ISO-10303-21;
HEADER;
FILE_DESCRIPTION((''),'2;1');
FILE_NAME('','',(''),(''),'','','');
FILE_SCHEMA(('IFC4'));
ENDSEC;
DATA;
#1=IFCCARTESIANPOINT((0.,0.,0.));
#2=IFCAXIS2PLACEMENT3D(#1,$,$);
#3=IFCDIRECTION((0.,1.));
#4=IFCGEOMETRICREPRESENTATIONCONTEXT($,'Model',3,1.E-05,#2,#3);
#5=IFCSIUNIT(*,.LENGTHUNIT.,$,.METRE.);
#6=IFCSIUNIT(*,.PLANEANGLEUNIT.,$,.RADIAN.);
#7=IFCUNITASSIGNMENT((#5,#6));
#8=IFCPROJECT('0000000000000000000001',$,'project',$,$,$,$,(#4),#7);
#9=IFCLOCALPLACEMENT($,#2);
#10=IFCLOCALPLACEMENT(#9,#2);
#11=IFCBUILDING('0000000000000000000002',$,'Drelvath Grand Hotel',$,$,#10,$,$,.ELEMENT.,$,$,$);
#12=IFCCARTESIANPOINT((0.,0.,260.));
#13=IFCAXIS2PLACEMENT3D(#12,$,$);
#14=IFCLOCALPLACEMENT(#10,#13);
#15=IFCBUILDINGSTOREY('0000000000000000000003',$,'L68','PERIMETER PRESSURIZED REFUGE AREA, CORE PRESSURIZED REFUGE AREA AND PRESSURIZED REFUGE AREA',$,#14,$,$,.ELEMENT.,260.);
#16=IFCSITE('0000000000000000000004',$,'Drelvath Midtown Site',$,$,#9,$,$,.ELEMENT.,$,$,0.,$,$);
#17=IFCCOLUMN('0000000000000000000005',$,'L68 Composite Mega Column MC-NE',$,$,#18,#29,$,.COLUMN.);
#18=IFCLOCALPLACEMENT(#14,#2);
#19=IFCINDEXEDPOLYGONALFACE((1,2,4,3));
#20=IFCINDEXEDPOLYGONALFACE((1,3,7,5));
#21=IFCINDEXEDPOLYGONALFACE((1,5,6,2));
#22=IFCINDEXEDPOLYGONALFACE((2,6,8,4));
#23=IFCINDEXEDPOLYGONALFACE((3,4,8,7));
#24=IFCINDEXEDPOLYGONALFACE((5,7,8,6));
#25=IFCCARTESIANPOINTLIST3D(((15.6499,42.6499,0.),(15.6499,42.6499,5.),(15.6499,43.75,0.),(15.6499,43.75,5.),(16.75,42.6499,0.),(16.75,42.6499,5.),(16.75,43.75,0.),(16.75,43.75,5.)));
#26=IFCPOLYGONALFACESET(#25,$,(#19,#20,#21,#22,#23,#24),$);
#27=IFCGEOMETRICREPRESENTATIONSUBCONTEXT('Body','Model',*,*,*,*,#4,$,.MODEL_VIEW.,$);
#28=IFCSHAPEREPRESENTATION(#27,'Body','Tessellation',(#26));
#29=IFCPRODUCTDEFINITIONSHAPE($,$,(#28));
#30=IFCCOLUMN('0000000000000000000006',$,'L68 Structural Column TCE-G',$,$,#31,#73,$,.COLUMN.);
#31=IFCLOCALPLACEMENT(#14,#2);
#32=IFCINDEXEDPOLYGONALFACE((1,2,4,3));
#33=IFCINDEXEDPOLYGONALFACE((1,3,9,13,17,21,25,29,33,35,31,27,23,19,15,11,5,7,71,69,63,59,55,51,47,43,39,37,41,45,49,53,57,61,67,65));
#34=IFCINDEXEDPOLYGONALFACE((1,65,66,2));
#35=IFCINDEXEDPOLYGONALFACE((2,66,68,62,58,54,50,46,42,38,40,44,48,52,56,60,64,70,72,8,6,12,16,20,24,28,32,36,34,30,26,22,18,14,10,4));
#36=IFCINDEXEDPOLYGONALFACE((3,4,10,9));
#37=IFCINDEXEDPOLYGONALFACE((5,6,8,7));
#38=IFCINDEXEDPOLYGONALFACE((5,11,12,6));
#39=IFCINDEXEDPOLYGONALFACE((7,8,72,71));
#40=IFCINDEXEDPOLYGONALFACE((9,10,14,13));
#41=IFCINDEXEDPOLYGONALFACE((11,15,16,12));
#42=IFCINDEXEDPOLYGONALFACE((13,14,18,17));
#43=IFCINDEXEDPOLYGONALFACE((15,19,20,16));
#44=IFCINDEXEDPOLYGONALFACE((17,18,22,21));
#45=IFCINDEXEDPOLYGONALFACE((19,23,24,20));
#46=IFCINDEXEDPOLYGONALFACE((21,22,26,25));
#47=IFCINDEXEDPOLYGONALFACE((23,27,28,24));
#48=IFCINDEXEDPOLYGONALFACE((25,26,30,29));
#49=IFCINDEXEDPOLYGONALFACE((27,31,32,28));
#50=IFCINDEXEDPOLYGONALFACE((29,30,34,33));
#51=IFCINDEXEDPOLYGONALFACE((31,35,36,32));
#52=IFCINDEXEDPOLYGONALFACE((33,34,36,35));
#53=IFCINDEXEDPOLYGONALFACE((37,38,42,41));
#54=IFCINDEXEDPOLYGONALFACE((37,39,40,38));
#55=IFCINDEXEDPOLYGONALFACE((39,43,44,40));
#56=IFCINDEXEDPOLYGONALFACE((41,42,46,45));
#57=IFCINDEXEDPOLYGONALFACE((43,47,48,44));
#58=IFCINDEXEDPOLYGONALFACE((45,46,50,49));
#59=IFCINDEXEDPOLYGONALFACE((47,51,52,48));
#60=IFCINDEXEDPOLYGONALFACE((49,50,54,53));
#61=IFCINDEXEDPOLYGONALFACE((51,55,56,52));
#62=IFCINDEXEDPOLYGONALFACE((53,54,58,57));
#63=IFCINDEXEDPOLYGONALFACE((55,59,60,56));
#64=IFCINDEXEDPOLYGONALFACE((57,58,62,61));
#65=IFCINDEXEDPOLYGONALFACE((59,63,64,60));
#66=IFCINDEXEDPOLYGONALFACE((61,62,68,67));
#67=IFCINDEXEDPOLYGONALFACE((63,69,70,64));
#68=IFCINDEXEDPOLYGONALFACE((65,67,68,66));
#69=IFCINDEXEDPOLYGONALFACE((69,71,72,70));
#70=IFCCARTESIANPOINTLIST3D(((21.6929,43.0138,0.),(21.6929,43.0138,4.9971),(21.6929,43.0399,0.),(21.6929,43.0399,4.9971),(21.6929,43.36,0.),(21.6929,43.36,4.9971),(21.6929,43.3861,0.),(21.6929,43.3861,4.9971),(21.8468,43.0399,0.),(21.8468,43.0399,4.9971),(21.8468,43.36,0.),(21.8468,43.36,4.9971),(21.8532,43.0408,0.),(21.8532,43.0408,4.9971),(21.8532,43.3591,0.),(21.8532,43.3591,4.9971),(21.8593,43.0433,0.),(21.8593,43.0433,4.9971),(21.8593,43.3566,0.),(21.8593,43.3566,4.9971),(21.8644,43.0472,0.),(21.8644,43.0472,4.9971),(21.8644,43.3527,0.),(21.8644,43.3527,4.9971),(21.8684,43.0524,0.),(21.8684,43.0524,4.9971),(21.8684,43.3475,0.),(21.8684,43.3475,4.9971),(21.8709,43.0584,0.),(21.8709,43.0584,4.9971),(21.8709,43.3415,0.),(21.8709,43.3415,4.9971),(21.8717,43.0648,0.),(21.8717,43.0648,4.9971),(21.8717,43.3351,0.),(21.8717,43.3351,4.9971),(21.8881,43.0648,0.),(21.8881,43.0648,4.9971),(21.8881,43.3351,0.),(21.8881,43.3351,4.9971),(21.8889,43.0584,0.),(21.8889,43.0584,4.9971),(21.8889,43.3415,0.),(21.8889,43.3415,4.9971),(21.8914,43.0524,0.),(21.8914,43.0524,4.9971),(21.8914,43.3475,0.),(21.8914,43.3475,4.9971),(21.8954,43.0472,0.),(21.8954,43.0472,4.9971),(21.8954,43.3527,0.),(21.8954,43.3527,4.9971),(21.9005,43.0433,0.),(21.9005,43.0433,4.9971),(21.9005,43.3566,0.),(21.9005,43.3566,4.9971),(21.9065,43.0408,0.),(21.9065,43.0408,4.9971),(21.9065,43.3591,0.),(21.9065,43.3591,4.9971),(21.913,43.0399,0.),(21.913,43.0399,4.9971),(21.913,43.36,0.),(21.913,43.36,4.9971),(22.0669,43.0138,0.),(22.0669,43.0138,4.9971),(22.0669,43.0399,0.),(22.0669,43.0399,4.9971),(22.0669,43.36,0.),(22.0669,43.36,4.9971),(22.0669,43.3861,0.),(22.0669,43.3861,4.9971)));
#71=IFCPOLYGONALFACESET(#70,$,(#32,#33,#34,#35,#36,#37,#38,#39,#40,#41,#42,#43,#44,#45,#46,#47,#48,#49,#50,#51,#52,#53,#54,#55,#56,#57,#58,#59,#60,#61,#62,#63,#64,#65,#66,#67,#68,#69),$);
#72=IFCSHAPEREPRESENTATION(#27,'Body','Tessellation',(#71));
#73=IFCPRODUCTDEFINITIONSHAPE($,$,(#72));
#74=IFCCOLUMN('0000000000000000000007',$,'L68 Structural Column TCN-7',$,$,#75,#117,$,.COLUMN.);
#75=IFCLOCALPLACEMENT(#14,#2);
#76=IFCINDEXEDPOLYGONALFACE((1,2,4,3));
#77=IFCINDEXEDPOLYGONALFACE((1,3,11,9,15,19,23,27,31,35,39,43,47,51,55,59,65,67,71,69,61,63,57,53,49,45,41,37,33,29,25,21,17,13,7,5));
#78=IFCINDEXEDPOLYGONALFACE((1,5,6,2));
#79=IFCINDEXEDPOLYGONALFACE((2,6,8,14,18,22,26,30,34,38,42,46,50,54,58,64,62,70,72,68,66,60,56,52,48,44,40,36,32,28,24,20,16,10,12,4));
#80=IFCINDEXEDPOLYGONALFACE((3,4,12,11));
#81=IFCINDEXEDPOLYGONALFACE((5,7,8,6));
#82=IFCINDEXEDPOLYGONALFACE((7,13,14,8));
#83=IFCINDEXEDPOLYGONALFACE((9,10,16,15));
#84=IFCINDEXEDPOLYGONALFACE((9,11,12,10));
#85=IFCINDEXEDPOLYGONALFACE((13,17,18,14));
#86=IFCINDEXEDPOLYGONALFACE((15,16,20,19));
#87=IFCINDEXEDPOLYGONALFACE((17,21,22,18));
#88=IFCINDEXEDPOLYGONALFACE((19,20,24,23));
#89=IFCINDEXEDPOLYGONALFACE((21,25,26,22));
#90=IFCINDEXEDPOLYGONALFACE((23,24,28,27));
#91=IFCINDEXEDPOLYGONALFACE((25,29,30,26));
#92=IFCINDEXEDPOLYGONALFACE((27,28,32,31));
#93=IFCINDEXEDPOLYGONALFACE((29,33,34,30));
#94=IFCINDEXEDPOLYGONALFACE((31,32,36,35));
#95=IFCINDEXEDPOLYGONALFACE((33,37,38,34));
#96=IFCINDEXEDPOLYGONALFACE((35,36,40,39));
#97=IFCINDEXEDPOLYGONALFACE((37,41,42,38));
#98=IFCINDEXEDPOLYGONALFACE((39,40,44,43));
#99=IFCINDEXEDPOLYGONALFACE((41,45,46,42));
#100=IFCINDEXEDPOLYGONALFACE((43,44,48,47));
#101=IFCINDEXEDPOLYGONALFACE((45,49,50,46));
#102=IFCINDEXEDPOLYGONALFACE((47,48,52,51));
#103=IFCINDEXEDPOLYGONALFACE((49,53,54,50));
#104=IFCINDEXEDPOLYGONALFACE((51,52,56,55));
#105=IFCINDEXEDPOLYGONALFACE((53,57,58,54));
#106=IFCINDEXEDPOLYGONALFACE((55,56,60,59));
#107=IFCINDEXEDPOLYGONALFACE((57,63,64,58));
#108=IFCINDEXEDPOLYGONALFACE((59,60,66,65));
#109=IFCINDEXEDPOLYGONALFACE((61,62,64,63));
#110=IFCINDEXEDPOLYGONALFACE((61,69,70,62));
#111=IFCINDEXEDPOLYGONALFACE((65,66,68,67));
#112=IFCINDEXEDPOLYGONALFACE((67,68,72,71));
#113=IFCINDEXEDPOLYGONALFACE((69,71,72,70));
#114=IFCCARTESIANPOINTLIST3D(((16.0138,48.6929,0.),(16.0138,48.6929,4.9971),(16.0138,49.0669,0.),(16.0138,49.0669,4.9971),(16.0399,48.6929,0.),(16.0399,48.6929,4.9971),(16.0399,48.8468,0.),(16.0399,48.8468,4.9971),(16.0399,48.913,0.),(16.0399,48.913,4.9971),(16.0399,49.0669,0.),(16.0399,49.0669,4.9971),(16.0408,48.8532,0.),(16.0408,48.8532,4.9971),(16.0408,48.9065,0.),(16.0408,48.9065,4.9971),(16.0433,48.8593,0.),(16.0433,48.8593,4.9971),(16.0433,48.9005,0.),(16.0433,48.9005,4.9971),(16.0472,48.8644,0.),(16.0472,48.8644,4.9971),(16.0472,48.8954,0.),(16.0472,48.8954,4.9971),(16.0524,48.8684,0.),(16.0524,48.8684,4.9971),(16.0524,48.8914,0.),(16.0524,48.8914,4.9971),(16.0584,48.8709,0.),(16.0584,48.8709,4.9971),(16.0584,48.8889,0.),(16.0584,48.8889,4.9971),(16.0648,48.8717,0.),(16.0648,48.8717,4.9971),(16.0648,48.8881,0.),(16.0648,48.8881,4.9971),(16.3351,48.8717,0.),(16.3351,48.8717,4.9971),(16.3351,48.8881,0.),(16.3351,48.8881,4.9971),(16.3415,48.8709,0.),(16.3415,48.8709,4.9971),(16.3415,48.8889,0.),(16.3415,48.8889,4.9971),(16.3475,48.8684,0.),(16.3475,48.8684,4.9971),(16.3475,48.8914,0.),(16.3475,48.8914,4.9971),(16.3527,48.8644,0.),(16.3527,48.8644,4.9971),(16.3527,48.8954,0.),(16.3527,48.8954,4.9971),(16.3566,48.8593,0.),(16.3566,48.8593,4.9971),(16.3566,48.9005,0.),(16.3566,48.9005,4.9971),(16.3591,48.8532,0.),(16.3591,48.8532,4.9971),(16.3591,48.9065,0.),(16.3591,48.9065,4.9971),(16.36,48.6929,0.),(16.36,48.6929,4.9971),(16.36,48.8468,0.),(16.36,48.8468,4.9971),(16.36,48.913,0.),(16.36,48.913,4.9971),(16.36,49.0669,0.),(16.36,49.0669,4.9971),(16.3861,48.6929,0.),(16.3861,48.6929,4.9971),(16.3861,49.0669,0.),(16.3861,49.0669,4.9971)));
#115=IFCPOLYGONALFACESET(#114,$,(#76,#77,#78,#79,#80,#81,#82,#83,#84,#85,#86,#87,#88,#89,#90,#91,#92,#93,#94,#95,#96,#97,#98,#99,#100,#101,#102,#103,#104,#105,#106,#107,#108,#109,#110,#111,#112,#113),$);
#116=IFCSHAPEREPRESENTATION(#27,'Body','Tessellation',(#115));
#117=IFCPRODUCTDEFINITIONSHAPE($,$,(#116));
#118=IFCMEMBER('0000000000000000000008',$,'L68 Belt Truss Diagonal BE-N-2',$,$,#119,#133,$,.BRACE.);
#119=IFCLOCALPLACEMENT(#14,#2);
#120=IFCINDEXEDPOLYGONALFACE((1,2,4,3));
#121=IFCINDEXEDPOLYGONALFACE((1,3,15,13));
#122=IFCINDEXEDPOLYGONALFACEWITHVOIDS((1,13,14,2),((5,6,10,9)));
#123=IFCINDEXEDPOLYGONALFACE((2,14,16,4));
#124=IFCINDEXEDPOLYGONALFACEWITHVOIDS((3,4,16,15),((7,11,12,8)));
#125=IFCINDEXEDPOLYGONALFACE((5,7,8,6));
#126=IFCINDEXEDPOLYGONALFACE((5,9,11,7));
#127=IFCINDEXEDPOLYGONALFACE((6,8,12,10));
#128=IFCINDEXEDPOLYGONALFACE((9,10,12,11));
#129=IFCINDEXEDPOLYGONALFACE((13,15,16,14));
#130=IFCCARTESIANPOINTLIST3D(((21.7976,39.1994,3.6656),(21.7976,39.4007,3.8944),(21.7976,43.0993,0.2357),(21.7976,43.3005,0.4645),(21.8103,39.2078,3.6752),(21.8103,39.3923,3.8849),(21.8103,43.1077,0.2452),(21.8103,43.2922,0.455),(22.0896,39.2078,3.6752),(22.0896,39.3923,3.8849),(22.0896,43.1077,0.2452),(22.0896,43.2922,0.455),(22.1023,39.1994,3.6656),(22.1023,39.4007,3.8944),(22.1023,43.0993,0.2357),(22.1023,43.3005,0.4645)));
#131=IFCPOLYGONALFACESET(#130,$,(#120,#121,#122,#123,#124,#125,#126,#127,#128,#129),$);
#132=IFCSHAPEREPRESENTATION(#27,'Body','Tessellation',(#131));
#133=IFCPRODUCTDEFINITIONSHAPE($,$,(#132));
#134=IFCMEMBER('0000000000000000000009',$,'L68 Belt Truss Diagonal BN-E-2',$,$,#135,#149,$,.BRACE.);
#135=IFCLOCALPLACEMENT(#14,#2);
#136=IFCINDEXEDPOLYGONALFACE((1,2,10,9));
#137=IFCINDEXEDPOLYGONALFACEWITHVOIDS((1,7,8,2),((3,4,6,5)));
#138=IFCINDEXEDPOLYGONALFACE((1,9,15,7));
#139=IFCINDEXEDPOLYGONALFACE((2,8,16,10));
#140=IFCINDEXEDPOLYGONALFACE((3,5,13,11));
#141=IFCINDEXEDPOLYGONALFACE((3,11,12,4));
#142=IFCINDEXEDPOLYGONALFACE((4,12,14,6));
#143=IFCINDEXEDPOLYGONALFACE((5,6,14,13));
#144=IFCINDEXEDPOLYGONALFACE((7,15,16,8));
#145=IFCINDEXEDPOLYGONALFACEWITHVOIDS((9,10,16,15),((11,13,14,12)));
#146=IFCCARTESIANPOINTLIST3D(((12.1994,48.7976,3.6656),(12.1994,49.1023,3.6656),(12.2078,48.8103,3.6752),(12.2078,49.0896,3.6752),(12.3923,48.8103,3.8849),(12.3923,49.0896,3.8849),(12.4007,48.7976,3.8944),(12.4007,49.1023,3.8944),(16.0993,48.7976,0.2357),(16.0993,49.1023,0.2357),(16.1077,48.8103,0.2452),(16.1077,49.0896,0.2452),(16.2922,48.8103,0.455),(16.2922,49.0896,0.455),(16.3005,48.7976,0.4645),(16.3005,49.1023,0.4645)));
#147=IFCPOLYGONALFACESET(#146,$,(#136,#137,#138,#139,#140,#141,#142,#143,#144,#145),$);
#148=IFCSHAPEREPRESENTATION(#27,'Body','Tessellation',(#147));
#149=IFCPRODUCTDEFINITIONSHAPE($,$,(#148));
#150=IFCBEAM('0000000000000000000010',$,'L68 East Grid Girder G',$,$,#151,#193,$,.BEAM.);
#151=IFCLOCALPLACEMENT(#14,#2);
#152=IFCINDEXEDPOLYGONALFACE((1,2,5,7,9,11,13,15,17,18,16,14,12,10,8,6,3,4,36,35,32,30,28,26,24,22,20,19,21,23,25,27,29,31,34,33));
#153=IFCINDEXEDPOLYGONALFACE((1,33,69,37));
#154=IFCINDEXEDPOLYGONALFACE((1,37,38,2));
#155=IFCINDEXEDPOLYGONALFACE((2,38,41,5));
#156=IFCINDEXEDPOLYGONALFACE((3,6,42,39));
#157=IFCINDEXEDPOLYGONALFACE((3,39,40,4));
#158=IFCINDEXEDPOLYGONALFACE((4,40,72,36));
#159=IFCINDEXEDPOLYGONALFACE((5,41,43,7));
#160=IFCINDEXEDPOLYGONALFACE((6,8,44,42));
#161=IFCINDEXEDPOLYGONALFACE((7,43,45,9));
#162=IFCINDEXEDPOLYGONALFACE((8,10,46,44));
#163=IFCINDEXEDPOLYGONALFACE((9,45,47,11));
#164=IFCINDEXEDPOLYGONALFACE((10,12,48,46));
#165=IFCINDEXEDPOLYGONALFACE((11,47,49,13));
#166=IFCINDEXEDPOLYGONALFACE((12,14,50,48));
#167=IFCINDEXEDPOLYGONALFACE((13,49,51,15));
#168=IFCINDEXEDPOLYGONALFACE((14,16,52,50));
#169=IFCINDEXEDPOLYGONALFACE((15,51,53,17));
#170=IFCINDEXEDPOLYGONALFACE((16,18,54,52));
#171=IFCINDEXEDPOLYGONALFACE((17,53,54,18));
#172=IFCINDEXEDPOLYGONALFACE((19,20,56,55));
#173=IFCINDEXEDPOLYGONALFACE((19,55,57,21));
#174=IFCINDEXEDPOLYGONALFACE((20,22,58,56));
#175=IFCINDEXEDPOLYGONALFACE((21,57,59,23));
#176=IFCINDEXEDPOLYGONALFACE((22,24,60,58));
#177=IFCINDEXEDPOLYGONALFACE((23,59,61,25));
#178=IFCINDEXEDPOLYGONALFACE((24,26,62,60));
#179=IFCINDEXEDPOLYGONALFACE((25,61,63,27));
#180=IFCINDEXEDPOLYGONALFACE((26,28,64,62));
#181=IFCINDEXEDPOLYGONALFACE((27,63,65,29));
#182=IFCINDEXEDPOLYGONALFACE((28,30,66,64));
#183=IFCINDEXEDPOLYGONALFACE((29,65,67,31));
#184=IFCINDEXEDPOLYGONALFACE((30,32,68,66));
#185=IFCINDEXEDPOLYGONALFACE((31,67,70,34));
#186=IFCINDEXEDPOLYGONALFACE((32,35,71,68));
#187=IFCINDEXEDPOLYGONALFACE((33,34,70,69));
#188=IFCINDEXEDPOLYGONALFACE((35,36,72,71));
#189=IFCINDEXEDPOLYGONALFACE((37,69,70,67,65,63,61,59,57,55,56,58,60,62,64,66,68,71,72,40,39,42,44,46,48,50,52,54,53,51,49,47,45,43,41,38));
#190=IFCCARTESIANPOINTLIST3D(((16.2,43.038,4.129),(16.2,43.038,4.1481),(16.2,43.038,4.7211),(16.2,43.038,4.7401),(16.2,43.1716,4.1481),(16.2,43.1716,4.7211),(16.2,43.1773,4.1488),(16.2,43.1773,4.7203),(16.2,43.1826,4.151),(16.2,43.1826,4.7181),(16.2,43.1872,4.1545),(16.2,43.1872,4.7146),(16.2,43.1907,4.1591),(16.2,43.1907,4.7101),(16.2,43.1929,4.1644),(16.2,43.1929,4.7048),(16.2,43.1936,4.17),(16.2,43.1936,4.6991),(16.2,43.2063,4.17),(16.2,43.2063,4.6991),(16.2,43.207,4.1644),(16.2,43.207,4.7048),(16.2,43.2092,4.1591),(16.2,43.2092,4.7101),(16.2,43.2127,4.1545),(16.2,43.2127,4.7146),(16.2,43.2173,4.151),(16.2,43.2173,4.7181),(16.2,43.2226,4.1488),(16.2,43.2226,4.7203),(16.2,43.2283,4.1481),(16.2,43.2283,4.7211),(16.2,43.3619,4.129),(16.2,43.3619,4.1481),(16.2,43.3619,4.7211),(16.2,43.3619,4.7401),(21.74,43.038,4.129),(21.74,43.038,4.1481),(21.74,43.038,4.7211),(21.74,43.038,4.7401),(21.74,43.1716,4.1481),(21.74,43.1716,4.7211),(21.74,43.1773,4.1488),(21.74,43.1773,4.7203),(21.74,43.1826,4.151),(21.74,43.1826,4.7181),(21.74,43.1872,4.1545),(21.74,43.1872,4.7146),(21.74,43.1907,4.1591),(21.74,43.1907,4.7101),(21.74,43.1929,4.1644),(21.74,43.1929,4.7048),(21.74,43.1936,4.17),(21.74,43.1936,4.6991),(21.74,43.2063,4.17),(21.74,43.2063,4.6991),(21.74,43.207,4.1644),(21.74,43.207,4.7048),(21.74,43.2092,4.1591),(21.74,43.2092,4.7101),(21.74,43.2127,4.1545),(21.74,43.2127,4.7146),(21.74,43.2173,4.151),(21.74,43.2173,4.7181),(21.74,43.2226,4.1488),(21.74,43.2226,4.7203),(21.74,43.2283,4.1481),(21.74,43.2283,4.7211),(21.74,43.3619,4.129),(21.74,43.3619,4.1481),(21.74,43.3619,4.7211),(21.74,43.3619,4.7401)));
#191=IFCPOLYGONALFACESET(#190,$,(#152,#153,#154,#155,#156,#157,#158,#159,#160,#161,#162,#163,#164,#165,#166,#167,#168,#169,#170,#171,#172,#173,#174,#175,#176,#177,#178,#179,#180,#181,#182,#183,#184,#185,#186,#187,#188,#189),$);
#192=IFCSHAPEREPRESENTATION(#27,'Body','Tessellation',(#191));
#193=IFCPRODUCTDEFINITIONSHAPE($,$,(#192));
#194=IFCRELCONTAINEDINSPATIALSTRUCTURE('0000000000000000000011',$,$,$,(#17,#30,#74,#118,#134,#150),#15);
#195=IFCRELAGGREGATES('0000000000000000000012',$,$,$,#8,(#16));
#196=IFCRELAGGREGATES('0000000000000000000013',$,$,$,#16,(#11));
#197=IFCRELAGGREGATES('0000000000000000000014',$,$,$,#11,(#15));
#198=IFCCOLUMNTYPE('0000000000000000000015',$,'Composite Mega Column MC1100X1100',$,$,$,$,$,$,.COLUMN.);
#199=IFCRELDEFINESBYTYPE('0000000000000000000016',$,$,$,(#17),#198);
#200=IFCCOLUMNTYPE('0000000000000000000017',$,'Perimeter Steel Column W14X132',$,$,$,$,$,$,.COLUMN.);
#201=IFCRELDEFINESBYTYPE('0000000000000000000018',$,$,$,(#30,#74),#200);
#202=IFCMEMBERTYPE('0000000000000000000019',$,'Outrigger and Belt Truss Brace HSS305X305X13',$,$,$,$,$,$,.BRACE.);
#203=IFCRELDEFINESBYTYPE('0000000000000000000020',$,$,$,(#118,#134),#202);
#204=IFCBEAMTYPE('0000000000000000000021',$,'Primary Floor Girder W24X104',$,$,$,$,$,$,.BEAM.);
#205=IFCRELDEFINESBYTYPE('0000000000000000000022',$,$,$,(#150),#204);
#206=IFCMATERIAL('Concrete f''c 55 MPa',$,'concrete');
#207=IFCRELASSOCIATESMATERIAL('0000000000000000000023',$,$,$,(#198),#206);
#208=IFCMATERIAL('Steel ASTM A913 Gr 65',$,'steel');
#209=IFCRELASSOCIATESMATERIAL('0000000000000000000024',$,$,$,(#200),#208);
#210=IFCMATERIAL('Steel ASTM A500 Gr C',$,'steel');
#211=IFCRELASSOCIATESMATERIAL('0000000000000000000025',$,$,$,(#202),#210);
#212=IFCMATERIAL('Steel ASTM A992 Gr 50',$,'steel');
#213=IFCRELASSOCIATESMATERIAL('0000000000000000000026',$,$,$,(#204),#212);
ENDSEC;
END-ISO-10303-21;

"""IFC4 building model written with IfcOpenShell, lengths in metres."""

from ifc_helpers import new_model, si_unit, direction, frame, origin, origin_2d, place, context, subcontext, project, spatial, rectangle, hollow_rectangle, i_section, extrude, material, material_profile, profile_set, type_object, element, save


model = new_model("IFC4")

# Units and contexts
model_context = context("Model", 3, precision=1e-05, world=origin(), true_north=direction((0.0, 1.0)))
body_context = subcontext(model_context, "Body", "Model", "MODEL_VIEW")
ifc_project = project(units=[si_unit("LENGTHUNIT", "METRE"), si_unit("PLANEANGLEUNIT", "RADIAN")], contexts=[model_context])

# Site, building, storey
site_placement = place(None, origin())
site = spatial("IfcSite", under=ifc_project, at=site_placement, Name="Drelvath Midtown Site", CompositionType="ELEMENT", RefElevation=0.0)
building_placement = place(site_placement, origin())
building = spatial("IfcBuilding", under=site, at=building_placement, Name="Drelvath Grand Hotel", CompositionType="ELEMENT")
storey_placement = place(building_placement, frame((0.0, 0.0, 260.0)))
storey = spatial("IfcBuildingStorey", under=building, at=storey_placement, Name="L68", Description="PERIMETER PRESSURIZED REFUGE AREA, CORE PRESSURIZED REFUGE AREA AND PRESSURIZED REFUGE AREA", CompositionType="ELEMENT", Elevation=260.0)

# Columns
ifc_material_1 = material(Name="Concrete f'c 55 MPa", Category="concrete")
ifc_material_profile_1 = material_profile(ifc_material_1, rectangle(XDim=1.1001, YDim=1.1001, at=origin_2d()), Name="MC1100X1100")
ifc_profile_set_1 = profile_set([ifc_material_profile_1], Name="Concrete f'c 55 MPa")
column_type_1 = type_object("IfcColumnType", Name="Composite Mega Column MC1100X1100", PredefinedType="COLUMN", material=ifc_profile_set_1)
column_placement = place(storey_placement, frame((16.2, 43.2, 0.0), z_axis=(0.0, 0.0, 1.0), x_axis=(1.0, 0.0, 0.0)))
element("IfcColumn", 1, at=column_placement, inside=storey, type_object=column_type_1, Name="L68 Composite Mega Column MC-NE", PredefinedType="COLUMN", context=body_context, shape_type="SweptSolid", body=[
    extrude(rectangle(XDim=1.1001, YDim=1.1001, at=origin_2d()), origin(), (0.0, 0.0, 1.0), 5.0),
])
ifc_material_2 = material(Name="Steel ASTM A913 Gr 65", Category="steel")
ifc_material_profile_2 = material_profile(ifc_material_2, i_section(OverallWidth=0.374, OverallDepth=0.3723, WebThickness=0.0164, FlangeThickness=0.0261, FilletRadius=0.0249, at=origin_2d()), Name="W14X132")
ifc_profile_set_2 = profile_set([ifc_material_profile_2], Name="Steel ASTM A913 Gr 65")
column_type_2 = type_object("IfcColumnType", Name="Perimeter Steel Column W14X132", PredefinedType="COLUMN", material=ifc_profile_set_2)
for number, where, z_axis, x_axis, name in (
    (2, (21.8799, 43.2, 0.0), (0.0, 0.0, 1.0), (1.0, 0.0, 0.0), "L68 Structural Column TCE-G"),
    (3, (16.2, 48.8799, 0.0), (0.0, 0.0, 1.0), (0.0, 1.0, 0.0), "L68 Structural Column TCN-7"),
):
    element("IfcColumn", number, at=place(storey_placement, frame(where, z_axis=z_axis, x_axis=x_axis)), inside=storey, type_object=column_type_2, Name=name, PredefinedType="COLUMN", context=body_context, shape_type="SweptSolid", body=[
        extrude(i_section(OverallWidth=0.374, OverallDepth=0.3723, WebThickness=0.0164, FlangeThickness=0.0261, FilletRadius=0.0249, at=origin_2d()), origin(), (0.0, 0.0, 1.0), 4.9971),
    ])

# Members
ifc_material_3 = material(Name="Steel ASTM A500 Gr C", Category="steel")
ifc_material_profile_3 = material_profile(ifc_material_3, hollow_rectangle(XDim=0.3047, YDim=0.3047, WallThickness=0.0127, at=origin_2d()), Name="HSS305X305X13")
ifc_profile_set_3 = profile_set([ifc_material_profile_3], Name="Steel ASTM A500 Gr C")
member_type = type_object("IfcMemberType", Name="Outrigger and Belt Truss Brace HSS305X305X13", PredefinedType="BRACE", material=ifc_profile_set_3)
for number, where, z_axis, x_axis, name in (
    (4, (21.95, 39.3, 3.78), (0.0, 0.750903, -0.660413), (-1.0, 0.0, 0.0), "L68 Belt Truss Diagonal BE-N-2"),
    (5, (12.3, 48.95, 3.78), (0.750903, 0.0, -0.660413), (0.0, 1.0, 0.0), "L68 Belt Truss Diagonal BN-E-2"),
):
    element("IfcMember", number, at=place(storey_placement, frame(where, z_axis=z_axis, x_axis=x_axis)), inside=storey, type_object=member_type, Name=name, PredefinedType="BRACE", context=body_context, shape_type="SweptSolid", body=[
        extrude(hollow_rectangle(XDim=0.3047, YDim=0.3047, WallThickness=0.0127, at=origin_2d()), origin(), (0.0, 0.0, 1.0), 5.1936),
    ])

# Beam
ifc_material_4 = material(Name="Steel ASTM A992 Gr 50", Category="steel")
ifc_material_profile_4 = material_profile(ifc_material_4, i_section(OverallWidth=0.324, OverallDepth=0.6111, WebThickness=0.0127, FlangeThickness=0.019, FilletRadius=0.022, at=origin_2d()), Name="W24X104")
ifc_profile_set_4 = profile_set([ifc_material_profile_4], Name="Steel ASTM A992 Gr 50")
beam_type = type_object("IfcBeamType", Name="Primary Floor Girder W24X104", PredefinedType="BEAM", material=ifc_profile_set_4)
for number, where, z_axis, x_axis, name in (
    (6, (16.2, 43.2, 4.4346), (1.0, 0.0, 0.0), (0.0, 1.0, 0.0), "L68 East Grid Girder G"),
):
    element("IfcBeam", number, at=place(storey_placement, frame(where, z_axis=z_axis, x_axis=x_axis)), inside=storey, type_object=beam_type, Name=name, PredefinedType="BEAM", context=body_context, shape_type="SweptSolid", body=[
        extrude(i_section(OverallWidth=0.324, OverallDepth=0.6111, WebThickness=0.0127, FlangeThickness=0.019, FilletRadius=0.022, at=origin_2d()), origin(), (0.0, 0.0, 1.0), 5.54),
    ])

save(model, "model.ifc")
